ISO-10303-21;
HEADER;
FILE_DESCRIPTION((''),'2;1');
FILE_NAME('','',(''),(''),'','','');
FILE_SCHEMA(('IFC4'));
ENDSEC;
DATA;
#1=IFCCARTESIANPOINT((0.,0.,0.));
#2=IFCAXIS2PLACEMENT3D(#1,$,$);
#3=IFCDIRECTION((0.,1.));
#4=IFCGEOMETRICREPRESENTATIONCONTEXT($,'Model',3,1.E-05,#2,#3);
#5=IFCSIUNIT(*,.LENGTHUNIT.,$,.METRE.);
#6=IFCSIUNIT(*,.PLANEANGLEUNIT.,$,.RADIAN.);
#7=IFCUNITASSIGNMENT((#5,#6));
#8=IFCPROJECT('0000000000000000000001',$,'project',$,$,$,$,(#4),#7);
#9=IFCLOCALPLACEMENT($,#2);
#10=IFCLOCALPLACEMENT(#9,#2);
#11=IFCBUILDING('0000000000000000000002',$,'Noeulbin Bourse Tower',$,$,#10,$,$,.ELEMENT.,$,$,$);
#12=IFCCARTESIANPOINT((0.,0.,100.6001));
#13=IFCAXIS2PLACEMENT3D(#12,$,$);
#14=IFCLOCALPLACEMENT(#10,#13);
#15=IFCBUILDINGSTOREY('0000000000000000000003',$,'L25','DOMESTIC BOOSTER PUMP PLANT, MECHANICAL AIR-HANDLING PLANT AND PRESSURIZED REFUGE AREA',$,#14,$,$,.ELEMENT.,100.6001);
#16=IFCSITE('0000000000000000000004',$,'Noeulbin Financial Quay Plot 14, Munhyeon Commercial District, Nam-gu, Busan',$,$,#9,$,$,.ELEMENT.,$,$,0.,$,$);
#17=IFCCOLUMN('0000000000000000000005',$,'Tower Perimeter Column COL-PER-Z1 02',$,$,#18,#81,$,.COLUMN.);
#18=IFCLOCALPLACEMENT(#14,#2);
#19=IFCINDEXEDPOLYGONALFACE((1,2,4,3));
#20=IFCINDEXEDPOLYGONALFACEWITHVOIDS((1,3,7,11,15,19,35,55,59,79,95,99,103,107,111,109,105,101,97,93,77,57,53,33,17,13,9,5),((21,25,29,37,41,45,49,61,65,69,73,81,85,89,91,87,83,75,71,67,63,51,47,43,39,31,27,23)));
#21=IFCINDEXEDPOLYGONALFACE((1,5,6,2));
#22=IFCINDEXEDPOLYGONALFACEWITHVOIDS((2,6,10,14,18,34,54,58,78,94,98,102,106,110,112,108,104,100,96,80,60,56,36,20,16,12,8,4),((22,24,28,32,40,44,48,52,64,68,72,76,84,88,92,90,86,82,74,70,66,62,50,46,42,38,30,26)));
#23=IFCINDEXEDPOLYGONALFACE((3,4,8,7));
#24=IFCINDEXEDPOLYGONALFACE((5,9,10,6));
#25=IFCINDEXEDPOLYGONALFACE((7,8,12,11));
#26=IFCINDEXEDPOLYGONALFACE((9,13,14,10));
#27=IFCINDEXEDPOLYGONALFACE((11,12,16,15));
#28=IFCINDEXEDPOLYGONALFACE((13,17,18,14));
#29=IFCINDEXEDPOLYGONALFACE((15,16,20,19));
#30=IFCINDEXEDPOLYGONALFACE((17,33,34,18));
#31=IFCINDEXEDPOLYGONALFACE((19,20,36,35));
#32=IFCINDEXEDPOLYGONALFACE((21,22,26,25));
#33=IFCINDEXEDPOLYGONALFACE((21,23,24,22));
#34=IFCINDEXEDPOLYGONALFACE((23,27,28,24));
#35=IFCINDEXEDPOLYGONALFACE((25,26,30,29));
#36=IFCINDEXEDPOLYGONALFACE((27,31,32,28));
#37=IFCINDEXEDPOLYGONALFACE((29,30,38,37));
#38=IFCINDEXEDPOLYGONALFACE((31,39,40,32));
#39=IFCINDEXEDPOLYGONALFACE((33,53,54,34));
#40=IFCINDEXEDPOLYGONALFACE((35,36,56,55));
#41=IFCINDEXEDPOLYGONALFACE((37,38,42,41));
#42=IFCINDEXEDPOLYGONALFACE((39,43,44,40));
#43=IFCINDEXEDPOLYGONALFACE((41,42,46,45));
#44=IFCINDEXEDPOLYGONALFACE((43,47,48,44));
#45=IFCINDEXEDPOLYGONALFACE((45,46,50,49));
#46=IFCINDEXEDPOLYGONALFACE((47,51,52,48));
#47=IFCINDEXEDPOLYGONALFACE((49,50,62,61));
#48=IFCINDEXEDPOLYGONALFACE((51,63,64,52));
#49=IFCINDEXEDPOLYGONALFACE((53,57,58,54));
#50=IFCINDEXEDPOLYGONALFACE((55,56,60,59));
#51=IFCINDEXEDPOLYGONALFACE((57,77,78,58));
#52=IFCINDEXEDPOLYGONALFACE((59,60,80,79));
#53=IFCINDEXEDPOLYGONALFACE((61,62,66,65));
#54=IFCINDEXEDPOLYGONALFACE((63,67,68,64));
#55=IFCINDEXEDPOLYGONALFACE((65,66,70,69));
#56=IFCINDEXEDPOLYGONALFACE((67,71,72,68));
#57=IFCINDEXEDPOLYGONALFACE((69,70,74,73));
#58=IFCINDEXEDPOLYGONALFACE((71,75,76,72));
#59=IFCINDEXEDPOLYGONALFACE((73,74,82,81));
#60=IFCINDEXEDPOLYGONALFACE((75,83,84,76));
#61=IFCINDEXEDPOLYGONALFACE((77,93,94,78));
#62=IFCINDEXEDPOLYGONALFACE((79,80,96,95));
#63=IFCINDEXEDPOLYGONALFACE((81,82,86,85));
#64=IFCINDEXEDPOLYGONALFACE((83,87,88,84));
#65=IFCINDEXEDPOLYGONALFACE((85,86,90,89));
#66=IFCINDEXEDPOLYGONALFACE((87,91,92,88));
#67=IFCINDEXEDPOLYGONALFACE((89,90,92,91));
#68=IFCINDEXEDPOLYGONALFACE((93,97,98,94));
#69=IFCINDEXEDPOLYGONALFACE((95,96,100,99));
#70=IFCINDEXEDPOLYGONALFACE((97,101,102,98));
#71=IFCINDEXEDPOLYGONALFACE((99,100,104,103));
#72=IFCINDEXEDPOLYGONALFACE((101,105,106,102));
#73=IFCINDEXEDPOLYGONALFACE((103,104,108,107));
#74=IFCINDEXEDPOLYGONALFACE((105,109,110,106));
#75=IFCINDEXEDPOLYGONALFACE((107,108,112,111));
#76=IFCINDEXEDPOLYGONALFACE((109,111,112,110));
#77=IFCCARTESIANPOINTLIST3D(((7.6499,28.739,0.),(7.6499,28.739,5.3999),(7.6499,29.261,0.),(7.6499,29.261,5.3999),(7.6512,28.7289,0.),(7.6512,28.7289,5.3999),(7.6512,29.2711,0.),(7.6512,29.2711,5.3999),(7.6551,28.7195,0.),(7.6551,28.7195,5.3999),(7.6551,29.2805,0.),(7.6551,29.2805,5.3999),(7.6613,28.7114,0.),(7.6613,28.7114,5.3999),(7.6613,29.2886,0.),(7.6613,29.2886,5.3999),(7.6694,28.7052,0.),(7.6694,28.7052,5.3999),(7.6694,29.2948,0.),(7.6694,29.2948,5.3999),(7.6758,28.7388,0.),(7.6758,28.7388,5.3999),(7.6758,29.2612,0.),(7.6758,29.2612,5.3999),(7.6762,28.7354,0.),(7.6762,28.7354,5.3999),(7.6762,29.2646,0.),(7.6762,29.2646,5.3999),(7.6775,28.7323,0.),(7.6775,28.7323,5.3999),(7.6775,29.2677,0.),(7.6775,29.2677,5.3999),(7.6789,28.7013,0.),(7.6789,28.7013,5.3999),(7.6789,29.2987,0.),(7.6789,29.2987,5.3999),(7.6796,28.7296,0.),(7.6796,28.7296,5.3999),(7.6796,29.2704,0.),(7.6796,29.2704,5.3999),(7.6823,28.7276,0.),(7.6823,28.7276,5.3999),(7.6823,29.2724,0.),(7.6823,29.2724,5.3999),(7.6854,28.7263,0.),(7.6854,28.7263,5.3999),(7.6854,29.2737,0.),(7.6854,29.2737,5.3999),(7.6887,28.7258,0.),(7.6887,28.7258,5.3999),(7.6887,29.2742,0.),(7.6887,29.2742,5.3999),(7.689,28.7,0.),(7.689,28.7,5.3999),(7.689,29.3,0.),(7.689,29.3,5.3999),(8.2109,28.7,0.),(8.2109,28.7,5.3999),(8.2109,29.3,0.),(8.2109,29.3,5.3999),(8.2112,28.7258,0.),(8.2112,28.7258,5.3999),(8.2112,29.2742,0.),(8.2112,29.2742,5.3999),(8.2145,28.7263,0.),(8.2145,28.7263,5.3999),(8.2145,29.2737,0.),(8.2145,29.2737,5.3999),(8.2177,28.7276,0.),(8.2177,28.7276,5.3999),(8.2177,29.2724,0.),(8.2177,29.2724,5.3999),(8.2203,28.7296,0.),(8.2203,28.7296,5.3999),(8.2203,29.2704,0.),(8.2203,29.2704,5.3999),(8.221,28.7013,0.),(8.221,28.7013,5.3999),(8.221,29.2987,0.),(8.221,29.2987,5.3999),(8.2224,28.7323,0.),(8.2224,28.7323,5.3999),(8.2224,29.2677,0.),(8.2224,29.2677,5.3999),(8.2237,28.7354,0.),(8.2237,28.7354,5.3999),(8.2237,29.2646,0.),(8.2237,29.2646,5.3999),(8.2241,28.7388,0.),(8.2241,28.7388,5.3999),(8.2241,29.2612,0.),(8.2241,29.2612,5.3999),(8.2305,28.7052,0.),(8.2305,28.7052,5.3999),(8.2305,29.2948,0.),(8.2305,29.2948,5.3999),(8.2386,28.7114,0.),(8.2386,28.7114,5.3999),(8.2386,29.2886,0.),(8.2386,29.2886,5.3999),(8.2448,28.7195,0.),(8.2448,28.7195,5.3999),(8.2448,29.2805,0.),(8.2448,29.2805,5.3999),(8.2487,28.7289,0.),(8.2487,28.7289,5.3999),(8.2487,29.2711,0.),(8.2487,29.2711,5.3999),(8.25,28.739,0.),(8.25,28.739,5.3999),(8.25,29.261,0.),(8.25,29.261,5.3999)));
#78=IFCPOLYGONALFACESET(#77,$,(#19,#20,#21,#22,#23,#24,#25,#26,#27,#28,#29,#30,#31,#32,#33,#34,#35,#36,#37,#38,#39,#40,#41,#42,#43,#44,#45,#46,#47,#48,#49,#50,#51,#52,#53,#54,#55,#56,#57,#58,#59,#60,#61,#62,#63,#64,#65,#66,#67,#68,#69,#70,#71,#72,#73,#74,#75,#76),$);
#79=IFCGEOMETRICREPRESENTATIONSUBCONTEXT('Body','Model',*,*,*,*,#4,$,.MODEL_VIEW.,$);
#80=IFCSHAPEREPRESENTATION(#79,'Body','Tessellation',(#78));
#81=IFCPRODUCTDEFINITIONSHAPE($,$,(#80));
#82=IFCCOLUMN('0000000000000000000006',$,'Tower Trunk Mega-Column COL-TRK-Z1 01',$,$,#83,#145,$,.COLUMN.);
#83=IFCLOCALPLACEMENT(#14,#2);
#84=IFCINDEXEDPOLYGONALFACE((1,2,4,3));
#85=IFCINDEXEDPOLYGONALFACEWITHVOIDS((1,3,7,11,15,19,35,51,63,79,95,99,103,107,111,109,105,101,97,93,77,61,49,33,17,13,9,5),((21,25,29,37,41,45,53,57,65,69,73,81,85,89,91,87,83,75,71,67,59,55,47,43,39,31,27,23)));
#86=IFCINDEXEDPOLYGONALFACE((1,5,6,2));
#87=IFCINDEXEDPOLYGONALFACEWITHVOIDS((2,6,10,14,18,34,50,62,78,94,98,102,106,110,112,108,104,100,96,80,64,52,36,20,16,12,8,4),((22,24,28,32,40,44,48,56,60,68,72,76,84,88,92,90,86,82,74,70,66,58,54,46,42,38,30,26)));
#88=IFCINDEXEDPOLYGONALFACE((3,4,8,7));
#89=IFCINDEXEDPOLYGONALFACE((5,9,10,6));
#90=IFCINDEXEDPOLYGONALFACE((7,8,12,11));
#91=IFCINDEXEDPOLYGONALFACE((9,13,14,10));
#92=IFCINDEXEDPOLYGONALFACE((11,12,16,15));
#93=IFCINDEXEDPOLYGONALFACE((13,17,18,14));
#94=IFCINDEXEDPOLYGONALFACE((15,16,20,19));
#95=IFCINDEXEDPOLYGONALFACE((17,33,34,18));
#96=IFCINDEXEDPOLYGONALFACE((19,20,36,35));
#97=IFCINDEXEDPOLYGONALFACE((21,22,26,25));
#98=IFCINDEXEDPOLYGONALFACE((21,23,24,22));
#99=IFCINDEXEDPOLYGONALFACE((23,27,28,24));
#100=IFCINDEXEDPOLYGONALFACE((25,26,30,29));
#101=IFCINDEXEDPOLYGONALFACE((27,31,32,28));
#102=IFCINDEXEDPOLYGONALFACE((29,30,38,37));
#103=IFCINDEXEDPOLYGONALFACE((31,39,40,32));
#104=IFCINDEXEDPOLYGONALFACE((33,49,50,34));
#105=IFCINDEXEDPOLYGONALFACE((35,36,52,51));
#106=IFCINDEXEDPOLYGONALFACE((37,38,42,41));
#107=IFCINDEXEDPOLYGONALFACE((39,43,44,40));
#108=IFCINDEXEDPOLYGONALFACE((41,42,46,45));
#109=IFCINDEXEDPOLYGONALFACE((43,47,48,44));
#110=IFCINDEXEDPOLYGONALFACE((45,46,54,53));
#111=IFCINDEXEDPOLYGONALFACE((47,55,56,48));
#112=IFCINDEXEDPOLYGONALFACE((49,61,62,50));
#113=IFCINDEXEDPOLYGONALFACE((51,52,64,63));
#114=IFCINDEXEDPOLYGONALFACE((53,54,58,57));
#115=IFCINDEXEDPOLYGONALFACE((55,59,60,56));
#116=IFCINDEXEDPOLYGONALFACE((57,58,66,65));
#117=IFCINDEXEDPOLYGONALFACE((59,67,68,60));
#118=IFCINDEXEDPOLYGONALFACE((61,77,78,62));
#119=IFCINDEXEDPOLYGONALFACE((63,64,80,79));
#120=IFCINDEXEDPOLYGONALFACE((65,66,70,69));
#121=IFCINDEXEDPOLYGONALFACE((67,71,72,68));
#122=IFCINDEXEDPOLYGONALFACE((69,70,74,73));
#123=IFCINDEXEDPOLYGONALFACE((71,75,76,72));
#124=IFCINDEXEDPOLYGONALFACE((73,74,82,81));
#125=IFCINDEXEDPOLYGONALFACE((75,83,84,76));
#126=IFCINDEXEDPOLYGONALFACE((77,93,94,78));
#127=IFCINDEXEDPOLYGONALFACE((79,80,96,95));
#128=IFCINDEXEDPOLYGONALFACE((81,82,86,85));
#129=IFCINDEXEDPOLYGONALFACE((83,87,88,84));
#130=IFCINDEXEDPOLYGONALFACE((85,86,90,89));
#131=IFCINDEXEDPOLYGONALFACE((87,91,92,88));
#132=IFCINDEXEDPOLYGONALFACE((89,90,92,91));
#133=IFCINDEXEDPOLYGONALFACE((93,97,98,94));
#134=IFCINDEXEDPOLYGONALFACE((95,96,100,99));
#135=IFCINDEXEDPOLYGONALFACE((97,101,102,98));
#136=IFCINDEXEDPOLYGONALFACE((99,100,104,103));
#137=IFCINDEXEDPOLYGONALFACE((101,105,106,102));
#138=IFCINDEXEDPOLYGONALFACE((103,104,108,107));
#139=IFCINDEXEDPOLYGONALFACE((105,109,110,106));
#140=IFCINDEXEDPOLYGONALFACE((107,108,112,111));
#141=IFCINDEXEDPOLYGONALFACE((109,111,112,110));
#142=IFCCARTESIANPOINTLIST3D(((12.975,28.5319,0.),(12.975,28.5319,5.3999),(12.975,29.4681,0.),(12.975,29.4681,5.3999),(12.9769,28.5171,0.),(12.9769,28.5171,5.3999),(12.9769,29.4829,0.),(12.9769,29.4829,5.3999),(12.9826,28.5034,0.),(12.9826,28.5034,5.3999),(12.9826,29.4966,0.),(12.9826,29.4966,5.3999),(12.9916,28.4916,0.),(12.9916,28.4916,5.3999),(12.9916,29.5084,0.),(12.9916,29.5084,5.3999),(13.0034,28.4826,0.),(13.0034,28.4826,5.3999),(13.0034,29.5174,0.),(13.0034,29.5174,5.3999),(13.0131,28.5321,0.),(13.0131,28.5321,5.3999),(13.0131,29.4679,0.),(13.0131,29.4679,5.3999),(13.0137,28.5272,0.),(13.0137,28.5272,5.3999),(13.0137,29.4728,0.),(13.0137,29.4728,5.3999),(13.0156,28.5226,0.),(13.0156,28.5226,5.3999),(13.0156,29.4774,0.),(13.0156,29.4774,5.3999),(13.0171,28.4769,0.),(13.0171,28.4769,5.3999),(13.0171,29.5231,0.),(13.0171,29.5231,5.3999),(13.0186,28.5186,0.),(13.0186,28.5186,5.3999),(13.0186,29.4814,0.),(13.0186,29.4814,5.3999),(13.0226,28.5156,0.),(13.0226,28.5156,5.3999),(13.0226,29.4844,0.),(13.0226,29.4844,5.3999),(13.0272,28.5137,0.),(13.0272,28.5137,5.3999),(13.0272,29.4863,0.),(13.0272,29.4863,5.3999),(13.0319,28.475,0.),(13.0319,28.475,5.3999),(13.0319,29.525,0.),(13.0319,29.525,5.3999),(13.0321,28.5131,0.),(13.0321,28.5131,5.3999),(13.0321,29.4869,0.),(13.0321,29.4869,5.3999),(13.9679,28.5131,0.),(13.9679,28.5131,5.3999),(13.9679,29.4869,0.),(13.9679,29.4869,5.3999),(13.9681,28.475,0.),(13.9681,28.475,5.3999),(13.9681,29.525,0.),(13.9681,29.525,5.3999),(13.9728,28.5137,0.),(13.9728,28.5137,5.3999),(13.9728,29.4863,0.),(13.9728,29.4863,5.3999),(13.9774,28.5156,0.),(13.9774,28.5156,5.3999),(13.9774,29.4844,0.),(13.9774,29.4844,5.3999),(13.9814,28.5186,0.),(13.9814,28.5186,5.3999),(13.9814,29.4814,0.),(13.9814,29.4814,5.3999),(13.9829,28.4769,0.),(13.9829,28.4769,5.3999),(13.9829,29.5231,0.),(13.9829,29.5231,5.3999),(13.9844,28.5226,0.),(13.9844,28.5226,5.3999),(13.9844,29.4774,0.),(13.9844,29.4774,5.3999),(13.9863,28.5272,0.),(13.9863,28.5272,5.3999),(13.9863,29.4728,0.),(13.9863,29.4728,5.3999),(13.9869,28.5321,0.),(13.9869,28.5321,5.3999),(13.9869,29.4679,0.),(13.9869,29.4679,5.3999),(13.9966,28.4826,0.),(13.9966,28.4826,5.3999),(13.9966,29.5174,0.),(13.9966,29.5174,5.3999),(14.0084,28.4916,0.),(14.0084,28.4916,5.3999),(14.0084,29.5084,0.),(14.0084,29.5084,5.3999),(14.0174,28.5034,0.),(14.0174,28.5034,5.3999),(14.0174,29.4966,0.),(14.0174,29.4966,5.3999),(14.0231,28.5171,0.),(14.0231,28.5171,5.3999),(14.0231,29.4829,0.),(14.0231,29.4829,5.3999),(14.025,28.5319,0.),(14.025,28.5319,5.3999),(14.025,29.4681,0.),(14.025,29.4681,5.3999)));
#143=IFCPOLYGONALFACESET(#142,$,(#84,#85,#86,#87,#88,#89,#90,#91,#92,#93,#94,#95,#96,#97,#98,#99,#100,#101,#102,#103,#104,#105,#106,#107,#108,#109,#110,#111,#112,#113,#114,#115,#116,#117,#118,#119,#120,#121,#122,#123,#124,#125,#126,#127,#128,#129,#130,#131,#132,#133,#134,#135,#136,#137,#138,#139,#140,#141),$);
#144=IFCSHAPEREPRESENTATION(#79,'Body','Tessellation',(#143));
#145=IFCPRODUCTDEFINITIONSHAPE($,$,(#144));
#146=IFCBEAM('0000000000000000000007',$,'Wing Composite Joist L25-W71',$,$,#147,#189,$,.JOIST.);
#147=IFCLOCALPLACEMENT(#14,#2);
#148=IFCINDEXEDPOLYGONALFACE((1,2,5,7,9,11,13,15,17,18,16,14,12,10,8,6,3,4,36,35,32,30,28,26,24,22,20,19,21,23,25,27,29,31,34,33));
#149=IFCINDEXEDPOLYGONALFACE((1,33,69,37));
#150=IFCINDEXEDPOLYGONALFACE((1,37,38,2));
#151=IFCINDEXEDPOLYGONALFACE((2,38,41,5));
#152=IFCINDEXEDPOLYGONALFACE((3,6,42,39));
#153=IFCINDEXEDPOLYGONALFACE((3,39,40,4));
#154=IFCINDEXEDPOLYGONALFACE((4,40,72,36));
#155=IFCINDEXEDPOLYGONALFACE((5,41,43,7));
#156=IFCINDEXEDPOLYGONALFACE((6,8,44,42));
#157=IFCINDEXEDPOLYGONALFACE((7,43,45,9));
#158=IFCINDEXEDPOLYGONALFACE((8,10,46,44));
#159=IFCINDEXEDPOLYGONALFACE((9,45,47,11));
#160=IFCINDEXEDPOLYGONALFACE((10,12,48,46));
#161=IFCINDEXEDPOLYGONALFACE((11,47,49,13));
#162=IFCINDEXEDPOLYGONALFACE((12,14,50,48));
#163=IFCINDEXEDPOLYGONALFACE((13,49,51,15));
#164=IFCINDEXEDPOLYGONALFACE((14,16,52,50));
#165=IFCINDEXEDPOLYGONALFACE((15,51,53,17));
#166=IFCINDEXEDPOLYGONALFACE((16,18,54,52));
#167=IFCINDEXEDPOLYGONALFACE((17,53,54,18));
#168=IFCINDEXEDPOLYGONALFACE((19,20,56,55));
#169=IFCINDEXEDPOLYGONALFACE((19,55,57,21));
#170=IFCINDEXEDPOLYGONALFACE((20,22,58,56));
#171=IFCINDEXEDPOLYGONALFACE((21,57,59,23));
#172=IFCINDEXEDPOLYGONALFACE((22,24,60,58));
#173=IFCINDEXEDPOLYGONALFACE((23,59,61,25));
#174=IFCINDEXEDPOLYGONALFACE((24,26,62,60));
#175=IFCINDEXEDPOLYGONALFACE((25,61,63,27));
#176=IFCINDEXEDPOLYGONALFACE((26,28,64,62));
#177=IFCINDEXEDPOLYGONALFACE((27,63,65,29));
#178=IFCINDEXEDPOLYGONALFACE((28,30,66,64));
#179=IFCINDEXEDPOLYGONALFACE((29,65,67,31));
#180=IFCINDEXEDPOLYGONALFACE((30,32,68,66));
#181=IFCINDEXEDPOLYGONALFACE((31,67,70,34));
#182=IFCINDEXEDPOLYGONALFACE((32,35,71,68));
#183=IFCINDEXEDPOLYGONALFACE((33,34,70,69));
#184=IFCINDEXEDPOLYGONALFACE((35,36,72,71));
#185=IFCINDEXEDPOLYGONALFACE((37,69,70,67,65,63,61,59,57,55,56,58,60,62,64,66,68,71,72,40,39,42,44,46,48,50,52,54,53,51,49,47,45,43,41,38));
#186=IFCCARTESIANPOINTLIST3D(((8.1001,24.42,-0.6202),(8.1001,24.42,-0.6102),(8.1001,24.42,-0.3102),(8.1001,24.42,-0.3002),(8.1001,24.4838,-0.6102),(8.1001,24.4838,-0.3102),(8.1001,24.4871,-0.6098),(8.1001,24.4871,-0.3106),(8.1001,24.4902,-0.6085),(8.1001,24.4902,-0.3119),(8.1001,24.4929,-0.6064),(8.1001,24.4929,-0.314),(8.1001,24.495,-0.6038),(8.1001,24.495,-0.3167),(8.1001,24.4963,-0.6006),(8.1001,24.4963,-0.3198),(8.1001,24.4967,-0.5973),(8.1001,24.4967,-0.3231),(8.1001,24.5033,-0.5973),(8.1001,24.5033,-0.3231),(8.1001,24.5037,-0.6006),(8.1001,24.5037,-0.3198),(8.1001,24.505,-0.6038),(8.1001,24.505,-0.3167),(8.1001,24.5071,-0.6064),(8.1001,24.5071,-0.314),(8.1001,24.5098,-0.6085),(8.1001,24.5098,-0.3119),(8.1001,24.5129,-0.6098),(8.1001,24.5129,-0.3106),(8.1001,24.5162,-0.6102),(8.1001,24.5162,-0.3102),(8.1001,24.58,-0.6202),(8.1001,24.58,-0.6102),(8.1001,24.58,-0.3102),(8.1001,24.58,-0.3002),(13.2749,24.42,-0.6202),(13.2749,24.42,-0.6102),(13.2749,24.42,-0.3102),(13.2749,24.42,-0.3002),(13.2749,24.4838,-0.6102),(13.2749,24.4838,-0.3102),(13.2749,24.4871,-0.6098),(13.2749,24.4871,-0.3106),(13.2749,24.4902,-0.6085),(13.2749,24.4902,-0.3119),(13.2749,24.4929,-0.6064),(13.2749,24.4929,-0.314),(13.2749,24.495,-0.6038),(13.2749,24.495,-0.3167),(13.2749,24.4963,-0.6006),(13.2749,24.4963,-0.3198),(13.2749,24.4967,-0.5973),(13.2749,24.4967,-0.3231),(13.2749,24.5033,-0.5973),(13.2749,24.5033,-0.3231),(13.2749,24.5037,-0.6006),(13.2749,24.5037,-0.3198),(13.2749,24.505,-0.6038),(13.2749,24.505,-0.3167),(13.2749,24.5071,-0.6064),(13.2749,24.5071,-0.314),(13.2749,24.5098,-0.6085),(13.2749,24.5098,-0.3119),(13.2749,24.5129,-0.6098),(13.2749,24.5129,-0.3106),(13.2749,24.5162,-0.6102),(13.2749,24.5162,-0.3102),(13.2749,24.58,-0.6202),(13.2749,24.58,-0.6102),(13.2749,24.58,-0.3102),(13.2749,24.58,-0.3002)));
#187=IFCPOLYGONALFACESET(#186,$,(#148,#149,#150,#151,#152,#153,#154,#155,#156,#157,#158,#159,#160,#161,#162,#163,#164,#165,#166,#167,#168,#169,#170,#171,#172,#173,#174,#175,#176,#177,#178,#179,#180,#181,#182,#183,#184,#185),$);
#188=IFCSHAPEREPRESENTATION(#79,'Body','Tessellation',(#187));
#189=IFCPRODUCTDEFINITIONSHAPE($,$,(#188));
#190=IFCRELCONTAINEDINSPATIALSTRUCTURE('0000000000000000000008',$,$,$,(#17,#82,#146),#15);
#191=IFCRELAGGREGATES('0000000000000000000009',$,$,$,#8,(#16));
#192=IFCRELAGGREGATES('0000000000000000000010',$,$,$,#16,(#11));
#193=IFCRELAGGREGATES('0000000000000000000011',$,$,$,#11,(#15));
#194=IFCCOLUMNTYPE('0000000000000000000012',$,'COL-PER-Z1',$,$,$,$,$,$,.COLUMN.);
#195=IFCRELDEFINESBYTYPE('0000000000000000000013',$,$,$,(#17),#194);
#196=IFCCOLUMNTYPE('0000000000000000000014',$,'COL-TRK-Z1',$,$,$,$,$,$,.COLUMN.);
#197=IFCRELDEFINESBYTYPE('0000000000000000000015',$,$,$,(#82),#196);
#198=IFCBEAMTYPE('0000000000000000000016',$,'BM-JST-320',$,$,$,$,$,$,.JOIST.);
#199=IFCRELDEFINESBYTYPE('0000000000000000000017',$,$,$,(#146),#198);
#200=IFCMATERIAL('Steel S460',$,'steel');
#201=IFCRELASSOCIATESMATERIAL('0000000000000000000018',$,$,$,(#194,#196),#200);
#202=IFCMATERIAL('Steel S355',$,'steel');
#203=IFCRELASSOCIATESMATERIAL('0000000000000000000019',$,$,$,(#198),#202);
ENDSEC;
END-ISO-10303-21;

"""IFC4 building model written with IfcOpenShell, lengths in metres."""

from ifc_helpers import new_model, si_unit, direction, frame, origin, origin_2d, place, context, subcontext, project, spatial, hollow_rectangle, i_section, extrude, material, material_profile, profile_set, type_object, element, save


model = new_model("IFC4")

# Units and contexts
model_context = context("Model", 3, precision=1e-05, world=origin(), true_north=direction((0.0, 1.0)))
body_context = subcontext(model_context, "Body", "Model", "MODEL_VIEW")
ifc_project = project(units=[si_unit("LENGTHUNIT", "METRE"), si_unit("PLANEANGLEUNIT", "RADIAN")], contexts=[model_context])

# Site, building, storey
site_placement = place(None, origin())
site = spatial("IfcSite", under=ifc_project, at=site_placement, Name="Noeulbin Financial Quay Plot 14, Munhyeon Commercial District, Nam-gu, Busan", CompositionType="ELEMENT", RefElevation=0.0)
building_placement = place(site_placement, origin())
building = spatial("IfcBuilding", under=site, at=building_placement, Name="Noeulbin Bourse Tower", CompositionType="ELEMENT")
storey_placement = place(building_placement, frame((0.0, 0.0, 100.6001)))
storey = spatial("IfcBuildingStorey", under=building, at=storey_placement, Name="L25", Description="DOMESTIC BOOSTER PUMP PLANT, MECHANICAL AIR-HANDLING PLANT AND PRESSURIZED REFUGE AREA", CompositionType="ELEMENT", Elevation=100.6001)

# Columns
ifc_material_1 = material(Name="Steel S460", Category="steel")
ifc_material_profile_1 = material_profile(ifc_material_1, hollow_rectangle(XDim=0.6001, YDim=0.6001, WallThickness=0.0259, InnerFilletRadius=0.0129, OuterFilletRadius=0.0391, at=origin_2d()), Name="BOX-600x600x26", Category="LoadBearing")
ifc_profile_set_1 = profile_set([ifc_material_profile_1], Name="Steel S460")
column_type_1 = type_object("IfcColumnType", Name="COL-PER-Z1", PredefinedType="COLUMN", material=ifc_profile_set_1)
column_1_placement = place(storey_placement, frame((7.95, 29.0, 0.0), z_axis=(0.0, 0.0, 1.0), x_axis=(1.0, 0.0, 0.0)))
element("IfcColumn", 1, at=column_1_placement, inside=storey, type_object=column_type_1, Name="Tower Perimeter Column COL-PER-Z1 02", PredefinedType="COLUMN", context=body_context, shape_type="SweptSolid", body=[
    extrude(hollow_rectangle(XDim=0.6001, YDim=0.6001, WallThickness=0.0259, InnerFilletRadius=0.0129, OuterFilletRadius=0.0391, at=origin_2d()), origin(), (0.0, 0.0, 1.0), 5.3999),
])
ifc_material_profile_2 = material_profile(ifc_material_1, hollow_rectangle(XDim=1.05, YDim=1.05, WallThickness=0.0381, InnerFilletRadius=0.019, OuterFilletRadius=0.0569, at=origin_2d()), Name="BOX-1050x1050x38", Category="LoadBearing")
ifc_profile_set_2 = profile_set([ifc_material_profile_2], Name="Steel S460")
column_type_2 = type_object("IfcColumnType", Name="COL-TRK-Z1", PredefinedType="COLUMN", material=ifc_profile_set_2)
column_2_placement = place(storey_placement, frame((13.5, 29.0, 0.0), z_axis=(0.0, 0.0, 1.0), x_axis=(1.0, 0.0, 0.0)))
element("IfcColumn", 2, at=column_2_placement, inside=storey, type_object=column_type_2, Name="Tower Trunk Mega-Column COL-TRK-Z1 01", PredefinedType="COLUMN", context=body_context, shape_type="SweptSolid", body=[
    extrude(hollow_rectangle(XDim=1.05, YDim=1.05, WallThickness=0.0381, InnerFilletRadius=0.019, OuterFilletRadius=0.0569, at=origin_2d()), origin(), (0.0, 0.0, 1.0), 5.3999),
])

# Beam
ifc_material_2 = material(Name="Steel S355", Category="steel")
ifc_material_profile_3 = material_profile(ifc_material_2, i_section(OverallWidth=0.1599, OverallDepth=0.3201, WebThickness=0.0066, FlangeThickness=0.01, FilletRadius=0.0129, at=origin_2d()), Name="H-320x160x6.5x10", Category="LoadBearing")
ifc_profile_set_3 = profile_set([ifc_material_profile_3], Name="Steel S355")
beam_type_1 = type_object("IfcBeamType", Name="BM-JST-320", PredefinedType="JOIST", material=ifc_profile_set_3)
for number, where, z_axis, x_axis, name in (
    (3, (8.1001, 24.5, -0.4602), (1.0, 0.0, 0.0), (0.0, 1.0, 0.0), "Wing Composite Joist L25-W71"),
):
    element("IfcBeam", number, at=place(storey_placement, frame(where, z_axis=z_axis, x_axis=x_axis)), inside=storey, type_object=beam_type_1, Name=name, PredefinedType="JOIST", context=body_context, shape_type="SweptSolid", body=[
        extrude(i_section(OverallWidth=0.1599, OverallDepth=0.3201, WebThickness=0.0066, FlangeThickness=0.01, FilletRadius=0.0129, at=origin_2d()), origin(), (0.0, 0.0, 1.0), 5.1748),
    ])

save(model, "model.ifc")
